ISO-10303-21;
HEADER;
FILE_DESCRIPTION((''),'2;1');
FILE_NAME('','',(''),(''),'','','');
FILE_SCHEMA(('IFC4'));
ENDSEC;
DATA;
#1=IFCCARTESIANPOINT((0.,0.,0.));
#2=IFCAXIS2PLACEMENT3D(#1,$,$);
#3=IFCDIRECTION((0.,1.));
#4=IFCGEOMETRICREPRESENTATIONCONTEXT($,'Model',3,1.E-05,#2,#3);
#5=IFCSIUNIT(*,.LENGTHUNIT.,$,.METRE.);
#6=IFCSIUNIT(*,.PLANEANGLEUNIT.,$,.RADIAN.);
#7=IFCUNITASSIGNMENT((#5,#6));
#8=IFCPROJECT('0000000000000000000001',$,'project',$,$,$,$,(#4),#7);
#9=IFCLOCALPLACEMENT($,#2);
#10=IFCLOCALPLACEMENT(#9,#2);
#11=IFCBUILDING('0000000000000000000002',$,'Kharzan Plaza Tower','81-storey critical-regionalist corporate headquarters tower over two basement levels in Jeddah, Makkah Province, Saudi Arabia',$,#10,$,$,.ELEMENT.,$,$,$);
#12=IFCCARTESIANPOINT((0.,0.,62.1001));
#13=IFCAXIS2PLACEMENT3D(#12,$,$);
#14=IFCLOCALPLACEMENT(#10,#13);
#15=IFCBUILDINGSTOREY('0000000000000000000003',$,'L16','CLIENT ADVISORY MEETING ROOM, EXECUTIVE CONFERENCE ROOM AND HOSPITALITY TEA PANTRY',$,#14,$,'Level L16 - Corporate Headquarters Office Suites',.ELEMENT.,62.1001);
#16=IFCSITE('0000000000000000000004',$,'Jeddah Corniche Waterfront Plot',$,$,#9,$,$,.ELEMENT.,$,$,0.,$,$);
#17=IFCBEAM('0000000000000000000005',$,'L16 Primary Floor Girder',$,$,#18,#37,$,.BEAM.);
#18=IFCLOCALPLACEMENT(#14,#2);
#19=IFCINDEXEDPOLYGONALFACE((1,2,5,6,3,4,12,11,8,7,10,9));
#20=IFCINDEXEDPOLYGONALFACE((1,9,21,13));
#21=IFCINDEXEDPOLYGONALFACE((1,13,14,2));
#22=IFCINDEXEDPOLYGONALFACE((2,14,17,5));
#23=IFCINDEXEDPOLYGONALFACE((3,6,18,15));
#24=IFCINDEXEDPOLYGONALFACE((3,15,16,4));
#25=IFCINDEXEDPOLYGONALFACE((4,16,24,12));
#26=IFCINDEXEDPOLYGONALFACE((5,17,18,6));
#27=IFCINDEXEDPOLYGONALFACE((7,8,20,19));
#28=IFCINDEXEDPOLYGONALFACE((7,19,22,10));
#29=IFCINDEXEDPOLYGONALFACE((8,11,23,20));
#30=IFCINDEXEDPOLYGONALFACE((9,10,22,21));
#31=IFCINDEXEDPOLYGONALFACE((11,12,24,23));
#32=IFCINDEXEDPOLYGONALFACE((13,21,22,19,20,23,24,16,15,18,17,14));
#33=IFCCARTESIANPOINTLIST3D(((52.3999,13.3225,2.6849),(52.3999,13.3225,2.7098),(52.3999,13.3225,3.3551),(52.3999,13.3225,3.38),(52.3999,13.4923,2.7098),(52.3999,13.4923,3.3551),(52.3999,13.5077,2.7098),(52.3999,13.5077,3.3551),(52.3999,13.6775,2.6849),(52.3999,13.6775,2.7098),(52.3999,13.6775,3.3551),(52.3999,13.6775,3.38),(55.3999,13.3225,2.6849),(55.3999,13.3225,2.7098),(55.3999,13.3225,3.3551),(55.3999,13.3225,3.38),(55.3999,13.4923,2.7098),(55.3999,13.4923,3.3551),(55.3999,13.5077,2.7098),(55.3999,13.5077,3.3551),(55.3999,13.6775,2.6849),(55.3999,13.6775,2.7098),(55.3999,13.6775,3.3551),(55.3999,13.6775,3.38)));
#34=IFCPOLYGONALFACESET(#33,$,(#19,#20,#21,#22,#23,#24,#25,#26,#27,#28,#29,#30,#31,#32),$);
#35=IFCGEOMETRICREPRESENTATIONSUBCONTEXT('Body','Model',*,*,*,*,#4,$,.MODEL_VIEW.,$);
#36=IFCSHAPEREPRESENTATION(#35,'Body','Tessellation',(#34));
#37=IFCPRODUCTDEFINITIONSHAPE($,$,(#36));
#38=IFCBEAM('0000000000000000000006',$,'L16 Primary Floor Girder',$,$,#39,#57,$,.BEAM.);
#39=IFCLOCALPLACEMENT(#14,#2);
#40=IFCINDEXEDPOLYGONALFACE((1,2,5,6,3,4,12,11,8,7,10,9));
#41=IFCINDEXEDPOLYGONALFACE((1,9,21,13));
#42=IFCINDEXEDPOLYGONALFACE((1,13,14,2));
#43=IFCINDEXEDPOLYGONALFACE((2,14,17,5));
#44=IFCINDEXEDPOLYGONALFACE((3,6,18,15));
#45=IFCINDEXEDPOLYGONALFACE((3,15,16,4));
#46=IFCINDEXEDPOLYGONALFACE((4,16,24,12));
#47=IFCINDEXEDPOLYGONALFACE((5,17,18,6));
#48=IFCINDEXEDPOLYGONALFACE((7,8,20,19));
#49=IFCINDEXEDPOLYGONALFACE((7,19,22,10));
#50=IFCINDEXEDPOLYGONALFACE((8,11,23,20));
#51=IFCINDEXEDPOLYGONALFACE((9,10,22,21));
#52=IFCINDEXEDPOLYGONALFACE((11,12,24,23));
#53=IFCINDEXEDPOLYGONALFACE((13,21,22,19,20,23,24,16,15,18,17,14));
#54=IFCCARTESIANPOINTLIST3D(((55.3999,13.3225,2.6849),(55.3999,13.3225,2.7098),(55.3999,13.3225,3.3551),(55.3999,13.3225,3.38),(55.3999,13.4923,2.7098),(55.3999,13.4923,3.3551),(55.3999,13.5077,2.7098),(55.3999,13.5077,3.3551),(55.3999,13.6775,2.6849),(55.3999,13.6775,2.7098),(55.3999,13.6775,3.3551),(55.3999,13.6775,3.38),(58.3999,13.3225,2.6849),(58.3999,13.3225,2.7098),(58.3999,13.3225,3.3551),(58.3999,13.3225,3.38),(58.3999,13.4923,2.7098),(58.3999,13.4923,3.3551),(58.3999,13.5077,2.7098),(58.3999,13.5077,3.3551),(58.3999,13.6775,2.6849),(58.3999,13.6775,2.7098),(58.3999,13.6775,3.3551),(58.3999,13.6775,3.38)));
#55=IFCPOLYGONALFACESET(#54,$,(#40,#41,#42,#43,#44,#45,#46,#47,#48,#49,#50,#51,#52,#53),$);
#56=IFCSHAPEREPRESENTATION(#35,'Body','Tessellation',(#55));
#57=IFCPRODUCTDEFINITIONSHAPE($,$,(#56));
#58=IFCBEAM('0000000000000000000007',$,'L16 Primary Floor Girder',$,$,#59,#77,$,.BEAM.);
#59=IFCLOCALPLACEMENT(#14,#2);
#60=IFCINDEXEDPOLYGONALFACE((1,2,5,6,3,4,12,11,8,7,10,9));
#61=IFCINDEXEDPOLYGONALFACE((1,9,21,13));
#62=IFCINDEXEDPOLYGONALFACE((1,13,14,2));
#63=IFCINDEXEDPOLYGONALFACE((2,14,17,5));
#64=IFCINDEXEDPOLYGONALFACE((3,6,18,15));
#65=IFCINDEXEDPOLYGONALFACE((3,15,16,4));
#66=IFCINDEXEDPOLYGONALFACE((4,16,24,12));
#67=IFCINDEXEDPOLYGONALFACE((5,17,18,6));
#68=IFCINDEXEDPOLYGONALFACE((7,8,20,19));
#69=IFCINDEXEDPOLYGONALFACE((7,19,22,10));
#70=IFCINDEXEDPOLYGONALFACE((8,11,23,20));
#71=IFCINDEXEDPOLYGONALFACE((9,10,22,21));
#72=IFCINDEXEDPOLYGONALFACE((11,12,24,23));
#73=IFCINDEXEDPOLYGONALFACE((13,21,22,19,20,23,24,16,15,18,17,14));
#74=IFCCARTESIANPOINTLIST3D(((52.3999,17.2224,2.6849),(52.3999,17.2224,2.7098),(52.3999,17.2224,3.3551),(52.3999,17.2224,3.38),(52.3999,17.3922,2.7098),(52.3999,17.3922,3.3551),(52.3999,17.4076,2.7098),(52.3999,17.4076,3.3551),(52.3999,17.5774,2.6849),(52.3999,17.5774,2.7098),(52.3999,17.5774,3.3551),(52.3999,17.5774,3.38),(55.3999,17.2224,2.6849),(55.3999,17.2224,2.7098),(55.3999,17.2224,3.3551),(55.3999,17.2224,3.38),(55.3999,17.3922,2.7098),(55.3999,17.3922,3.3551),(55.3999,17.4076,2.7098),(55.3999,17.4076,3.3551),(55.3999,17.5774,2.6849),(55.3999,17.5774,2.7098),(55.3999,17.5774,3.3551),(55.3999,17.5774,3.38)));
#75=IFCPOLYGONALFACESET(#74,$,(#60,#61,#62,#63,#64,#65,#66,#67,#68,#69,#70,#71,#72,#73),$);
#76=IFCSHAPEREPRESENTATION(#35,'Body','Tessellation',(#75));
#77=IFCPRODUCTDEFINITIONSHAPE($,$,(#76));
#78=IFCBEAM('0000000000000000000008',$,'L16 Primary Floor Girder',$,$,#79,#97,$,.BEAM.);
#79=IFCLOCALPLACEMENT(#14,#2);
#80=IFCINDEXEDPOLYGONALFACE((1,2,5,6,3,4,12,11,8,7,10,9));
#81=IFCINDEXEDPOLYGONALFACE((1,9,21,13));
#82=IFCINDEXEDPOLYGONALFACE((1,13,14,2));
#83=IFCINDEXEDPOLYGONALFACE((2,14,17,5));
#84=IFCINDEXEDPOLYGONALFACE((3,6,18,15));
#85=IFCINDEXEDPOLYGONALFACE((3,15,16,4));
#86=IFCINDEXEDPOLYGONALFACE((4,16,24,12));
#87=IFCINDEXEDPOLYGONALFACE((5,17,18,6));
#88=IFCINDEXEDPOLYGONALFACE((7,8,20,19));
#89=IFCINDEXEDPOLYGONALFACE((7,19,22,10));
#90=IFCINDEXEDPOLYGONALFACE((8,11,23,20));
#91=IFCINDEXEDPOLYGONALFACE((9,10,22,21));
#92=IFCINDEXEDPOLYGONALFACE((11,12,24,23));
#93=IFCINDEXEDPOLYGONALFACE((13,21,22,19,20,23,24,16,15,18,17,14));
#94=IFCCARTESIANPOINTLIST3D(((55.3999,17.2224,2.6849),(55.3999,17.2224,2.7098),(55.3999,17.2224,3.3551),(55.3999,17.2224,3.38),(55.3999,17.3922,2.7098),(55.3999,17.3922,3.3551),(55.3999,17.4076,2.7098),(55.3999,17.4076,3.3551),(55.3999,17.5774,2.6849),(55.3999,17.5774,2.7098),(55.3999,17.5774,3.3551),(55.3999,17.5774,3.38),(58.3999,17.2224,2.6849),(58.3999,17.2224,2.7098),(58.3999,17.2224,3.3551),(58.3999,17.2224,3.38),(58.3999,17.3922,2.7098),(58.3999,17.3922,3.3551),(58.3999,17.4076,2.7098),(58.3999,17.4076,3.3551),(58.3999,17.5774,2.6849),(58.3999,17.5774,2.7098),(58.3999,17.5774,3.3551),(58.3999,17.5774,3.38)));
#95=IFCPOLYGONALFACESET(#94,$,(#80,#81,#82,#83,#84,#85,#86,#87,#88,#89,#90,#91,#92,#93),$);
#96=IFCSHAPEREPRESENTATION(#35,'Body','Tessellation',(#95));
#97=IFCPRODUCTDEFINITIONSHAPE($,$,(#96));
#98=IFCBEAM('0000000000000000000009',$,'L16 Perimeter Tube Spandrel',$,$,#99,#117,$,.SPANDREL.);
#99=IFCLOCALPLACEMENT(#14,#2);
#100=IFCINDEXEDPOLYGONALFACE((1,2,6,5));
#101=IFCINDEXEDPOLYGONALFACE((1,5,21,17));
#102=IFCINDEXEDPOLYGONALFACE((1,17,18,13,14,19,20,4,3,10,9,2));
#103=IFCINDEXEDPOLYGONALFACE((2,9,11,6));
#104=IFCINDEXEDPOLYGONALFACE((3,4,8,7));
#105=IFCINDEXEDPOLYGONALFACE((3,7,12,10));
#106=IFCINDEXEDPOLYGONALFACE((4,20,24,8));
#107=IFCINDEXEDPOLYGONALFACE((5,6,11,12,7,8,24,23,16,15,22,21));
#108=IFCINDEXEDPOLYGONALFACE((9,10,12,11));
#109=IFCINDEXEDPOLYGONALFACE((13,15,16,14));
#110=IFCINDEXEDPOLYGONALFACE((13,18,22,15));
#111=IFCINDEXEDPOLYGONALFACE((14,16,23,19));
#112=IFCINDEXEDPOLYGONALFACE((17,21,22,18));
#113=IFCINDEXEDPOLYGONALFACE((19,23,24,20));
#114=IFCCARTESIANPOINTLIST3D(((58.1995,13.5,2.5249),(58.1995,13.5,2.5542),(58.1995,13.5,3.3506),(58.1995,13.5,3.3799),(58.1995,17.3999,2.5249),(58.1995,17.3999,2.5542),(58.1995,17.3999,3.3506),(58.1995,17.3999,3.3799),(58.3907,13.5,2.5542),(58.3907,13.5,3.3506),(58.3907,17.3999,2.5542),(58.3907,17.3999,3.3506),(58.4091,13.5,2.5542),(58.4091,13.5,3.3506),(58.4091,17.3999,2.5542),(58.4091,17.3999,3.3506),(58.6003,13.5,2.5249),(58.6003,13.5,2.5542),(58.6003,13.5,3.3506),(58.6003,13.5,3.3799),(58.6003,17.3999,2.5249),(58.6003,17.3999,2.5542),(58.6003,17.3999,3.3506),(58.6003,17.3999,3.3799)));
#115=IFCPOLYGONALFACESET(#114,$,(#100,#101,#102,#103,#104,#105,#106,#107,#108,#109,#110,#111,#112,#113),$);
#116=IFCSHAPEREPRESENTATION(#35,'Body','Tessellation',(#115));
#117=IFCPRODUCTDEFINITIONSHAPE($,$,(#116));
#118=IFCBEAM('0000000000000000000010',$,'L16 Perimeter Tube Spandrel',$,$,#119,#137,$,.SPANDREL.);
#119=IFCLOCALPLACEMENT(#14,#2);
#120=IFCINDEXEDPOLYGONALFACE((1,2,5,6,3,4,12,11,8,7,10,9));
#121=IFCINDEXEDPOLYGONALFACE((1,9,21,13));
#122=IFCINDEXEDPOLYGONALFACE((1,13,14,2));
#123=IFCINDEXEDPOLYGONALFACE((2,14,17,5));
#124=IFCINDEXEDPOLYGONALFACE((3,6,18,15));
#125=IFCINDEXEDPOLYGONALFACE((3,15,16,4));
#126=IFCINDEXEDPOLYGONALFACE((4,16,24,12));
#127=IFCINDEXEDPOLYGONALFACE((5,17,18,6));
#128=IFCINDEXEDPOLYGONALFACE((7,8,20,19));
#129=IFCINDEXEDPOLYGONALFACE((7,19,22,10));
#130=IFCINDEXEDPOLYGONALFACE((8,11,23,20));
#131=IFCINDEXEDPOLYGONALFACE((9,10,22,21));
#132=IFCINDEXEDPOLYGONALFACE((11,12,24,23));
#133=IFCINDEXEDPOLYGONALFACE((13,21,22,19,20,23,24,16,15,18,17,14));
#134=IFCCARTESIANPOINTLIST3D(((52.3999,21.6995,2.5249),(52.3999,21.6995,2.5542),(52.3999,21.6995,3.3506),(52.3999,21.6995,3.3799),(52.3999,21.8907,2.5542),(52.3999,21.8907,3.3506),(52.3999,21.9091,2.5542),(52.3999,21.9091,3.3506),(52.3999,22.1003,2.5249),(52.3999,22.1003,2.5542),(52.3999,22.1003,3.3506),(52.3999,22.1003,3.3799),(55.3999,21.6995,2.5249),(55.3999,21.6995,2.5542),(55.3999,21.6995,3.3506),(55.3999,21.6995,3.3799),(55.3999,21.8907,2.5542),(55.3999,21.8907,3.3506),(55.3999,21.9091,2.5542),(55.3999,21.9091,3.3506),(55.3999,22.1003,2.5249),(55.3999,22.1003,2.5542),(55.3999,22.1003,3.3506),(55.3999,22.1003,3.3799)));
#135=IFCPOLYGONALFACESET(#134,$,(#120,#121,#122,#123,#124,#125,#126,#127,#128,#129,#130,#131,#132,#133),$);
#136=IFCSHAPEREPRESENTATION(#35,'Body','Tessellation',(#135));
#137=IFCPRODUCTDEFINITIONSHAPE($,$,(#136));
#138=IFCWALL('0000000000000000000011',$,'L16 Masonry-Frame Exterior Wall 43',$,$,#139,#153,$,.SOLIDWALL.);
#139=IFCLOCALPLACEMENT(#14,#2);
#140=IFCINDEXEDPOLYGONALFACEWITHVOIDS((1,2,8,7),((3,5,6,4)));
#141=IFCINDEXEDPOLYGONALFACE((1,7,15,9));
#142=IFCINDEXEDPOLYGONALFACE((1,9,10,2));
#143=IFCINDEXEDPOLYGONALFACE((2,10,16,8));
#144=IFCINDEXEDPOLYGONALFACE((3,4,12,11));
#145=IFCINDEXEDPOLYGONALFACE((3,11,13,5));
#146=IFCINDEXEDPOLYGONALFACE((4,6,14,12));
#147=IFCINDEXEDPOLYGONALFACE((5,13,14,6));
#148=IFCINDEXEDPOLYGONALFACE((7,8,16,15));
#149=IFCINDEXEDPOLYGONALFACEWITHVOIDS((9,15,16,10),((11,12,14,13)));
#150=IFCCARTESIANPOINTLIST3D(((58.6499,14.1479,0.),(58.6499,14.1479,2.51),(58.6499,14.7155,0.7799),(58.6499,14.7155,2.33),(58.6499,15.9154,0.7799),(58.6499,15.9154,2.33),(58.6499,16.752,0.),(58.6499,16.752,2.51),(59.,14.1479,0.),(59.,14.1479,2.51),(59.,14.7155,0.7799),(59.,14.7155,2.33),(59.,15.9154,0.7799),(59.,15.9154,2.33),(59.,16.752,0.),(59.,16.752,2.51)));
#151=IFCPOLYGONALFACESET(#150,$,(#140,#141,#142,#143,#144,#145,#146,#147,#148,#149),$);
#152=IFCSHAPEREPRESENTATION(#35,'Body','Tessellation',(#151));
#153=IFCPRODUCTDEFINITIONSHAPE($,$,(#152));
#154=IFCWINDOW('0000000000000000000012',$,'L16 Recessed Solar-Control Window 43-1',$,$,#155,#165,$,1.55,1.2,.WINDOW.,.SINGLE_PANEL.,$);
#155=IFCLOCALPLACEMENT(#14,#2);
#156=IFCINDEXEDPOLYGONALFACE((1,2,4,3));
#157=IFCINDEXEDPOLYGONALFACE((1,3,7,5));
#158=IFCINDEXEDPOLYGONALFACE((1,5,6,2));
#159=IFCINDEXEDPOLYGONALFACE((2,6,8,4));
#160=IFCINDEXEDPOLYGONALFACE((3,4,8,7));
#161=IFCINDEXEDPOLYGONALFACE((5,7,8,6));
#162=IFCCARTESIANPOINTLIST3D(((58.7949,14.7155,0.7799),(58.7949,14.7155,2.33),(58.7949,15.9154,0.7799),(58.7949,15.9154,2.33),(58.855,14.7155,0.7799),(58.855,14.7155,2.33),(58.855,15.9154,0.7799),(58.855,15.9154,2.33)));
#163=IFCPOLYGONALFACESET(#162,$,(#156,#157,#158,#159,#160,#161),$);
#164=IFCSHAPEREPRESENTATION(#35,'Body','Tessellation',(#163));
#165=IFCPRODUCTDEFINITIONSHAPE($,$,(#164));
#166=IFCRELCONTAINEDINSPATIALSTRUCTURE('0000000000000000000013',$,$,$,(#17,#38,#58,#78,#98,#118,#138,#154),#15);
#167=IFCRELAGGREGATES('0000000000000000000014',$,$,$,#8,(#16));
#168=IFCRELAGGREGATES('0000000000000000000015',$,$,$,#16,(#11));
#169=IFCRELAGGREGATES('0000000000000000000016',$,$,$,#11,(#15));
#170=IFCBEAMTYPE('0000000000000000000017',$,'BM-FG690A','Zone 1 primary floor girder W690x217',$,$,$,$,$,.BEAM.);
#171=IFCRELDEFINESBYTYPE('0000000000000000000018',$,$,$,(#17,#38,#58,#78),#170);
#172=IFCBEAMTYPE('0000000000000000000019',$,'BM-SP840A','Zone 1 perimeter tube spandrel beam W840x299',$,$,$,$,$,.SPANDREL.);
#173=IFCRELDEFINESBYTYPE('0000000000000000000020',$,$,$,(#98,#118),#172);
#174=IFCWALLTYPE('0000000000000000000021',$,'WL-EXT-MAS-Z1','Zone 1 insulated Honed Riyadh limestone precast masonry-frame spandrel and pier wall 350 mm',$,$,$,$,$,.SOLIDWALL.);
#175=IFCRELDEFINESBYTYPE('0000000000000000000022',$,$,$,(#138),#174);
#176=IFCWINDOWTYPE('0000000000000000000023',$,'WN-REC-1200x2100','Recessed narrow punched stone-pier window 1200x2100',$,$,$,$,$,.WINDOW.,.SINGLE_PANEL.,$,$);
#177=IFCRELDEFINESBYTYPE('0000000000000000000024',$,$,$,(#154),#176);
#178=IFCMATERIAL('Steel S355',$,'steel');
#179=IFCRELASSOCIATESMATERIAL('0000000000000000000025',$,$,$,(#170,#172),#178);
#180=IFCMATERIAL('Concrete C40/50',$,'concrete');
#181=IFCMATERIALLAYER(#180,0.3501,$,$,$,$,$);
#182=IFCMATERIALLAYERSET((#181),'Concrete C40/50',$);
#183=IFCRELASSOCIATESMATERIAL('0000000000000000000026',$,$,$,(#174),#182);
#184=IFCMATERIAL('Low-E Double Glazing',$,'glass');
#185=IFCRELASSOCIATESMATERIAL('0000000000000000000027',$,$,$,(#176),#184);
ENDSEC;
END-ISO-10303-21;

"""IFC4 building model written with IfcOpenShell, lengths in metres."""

from ifc_helpers import new_model, si_unit, direction, frame, frame_2d, origin, origin_2d, place, context, subcontext, project, spatial, rectangle, i_section, extrude, source, transform, mapped, material, layer, layer_set, material_profile, profile_set, type_object, element, fill, save


model = new_model("IFC4")

# Units and contexts
model_context = context("Model", 3, precision=1e-05, world=origin(), true_north=direction((0.0, 1.0)))
body_context = subcontext(model_context, "Body", "Model", "MODEL_VIEW")
ifc_project = project(units=[si_unit("LENGTHUNIT", "METRE"), si_unit("PLANEANGLEUNIT", "RADIAN")], contexts=[model_context])

# Site, building, storey
site_placement = place(None, origin())
site = spatial("IfcSite", under=ifc_project, at=site_placement, Name="Jeddah Corniche Waterfront Plot", CompositionType="ELEMENT", RefElevation=0.0)
building_placement = place(site_placement, origin())
building = spatial("IfcBuilding", under=site, at=building_placement, Name="Kharzan Plaza Tower", Description="81-storey critical-regionalist corporate headquarters tower over two basement levels in Jeddah, Makkah Province, Saudi Arabia", CompositionType="ELEMENT")
storey_placement = place(building_placement, frame((0.0, 0.0, 62.1001)))
storey = spatial("IfcBuildingStorey", under=building, at=storey_placement, Name="L16", Description="CLIENT ADVISORY MEETING ROOM, EXECUTIVE CONFERENCE ROOM AND HOSPITALITY TEA PANTRY", LongName="Level L16 - Corporate Headquarters Office Suites", CompositionType="ELEMENT", Elevation=62.1001)

# Beams
ifc_material_1 = material(Name="Steel S355", Category="steel")
ifc_material_profile_1 = material_profile(ifc_material_1, i_section(OverallWidth=0.355, OverallDepth=0.6951, WebThickness=0.0154, FlangeThickness=0.0249, at=origin_2d()), Name="W690x217")
ifc_profile_set_1 = profile_set([ifc_material_profile_1], Name="Steel S355")
beam_type_1 = type_object("IfcBeamType", Name="BM-FG690A", Description="Zone 1 primary floor girder W690x217", PredefinedType="BEAM", material=ifc_profile_set_1)
shared_shape_1 = source(origin(), body_context, "Body", "SweptSolid", [
    extrude(i_section(OverallWidth=0.355, OverallDepth=0.6951, WebThickness=0.0154, FlangeThickness=0.0249, at=origin_2d()), origin(), (0.0, 0.0, 1.0), 3.0),
])
for number, where, z_axis, x_axis, name in (
    (1, (52.3999, 13.5, 3.0325), (1.0, 0.0, 0.0), (0.0, 1.0, 0.0), "L16 Primary Floor Girder"),
    (2, (55.3999, 13.5, 3.0325), (1.0, 0.0, 0.0), (0.0, 1.0, 0.0), "L16 Primary Floor Girder"),
    (3, (52.3999, 17.3999, 3.0325), (1.0, 0.0, 0.0), (0.0, 1.0, 0.0), "L16 Primary Floor Girder"),
    (4, (55.3999, 17.3999, 3.0325), (1.0, 0.0, 0.0), (0.0, 1.0, 0.0), "L16 Primary Floor Girder"),
):
    element("IfcBeam", number, at=place(storey_placement, frame(where, z_axis=z_axis, x_axis=x_axis)), inside=storey, type_object=beam_type_1, Name=name, PredefinedType="BEAM", context=body_context, shape_type="MappedRepresentation", body=[
        mapped(shared_shape_1, transform((0.0, 0.0, 0.0), x_axis=(1.0, 0.0, 0.0), y_axis=(0.0, 1.0, 0.0), z_axis=(0.0, 0.0, 1.0))),
    ])
ifc_material_profile_2 = material_profile(ifc_material_1, i_section(OverallWidth=0.4009, OverallDepth=0.855, WebThickness=0.0183, FlangeThickness=0.0293, at=origin_2d()), Name="W840x299")
ifc_profile_set_2 = profile_set([ifc_material_profile_2], Name="Steel S355")
beam_type_2 = type_object("IfcBeamType", Name="BM-SP840A", Description="Zone 1 perimeter tube spandrel beam W840x299", PredefinedType="SPANDREL", material=ifc_profile_set_2)
shared_shape_2 = source(origin(), body_context, "Body", "SweptSolid", [
    extrude(i_section(OverallWidth=0.4009, OverallDepth=0.855, WebThickness=0.0183, FlangeThickness=0.0293, at=origin_2d()), origin(), (0.0, 0.0, 1.0), 3.8999),
])
beam_1_placement = place(storey_placement, frame((58.3999, 13.5, 2.9524), z_axis=(0.0, 1.0, 0.0), x_axis=(-1.0, 0.0, 0.0)))
element("IfcBeam", 5, at=beam_1_placement, inside=storey, type_object=beam_type_2, Name="L16 Perimeter Tube Spandrel", PredefinedType="SPANDREL", context=body_context, shape_type="MappedRepresentation", body=[
    mapped(shared_shape_2, transform((0.0, 0.0, 0.0), x_axis=(1.0, 0.0, 0.0), y_axis=(0.0, 1.0, 0.0), z_axis=(0.0, 0.0, 1.0))),
])
shared_shape_3 = source(origin(), body_context, "Body", "SweptSolid", [
    extrude(i_section(OverallWidth=0.4009, OverallDepth=0.855, WebThickness=0.0183, FlangeThickness=0.0293, at=origin_2d()), origin(), (0.0, 0.0, 1.0), 3.0),
])
beam_2_placement = place(storey_placement, frame((52.3999, 21.8999, 2.9524), z_axis=(1.0, 0.0, 0.0), x_axis=(0.0, 1.0, 0.0)))
element("IfcBeam", 6, at=beam_2_placement, inside=storey, type_object=beam_type_2, Name="L16 Perimeter Tube Spandrel", PredefinedType="SPANDREL", context=body_context, shape_type="MappedRepresentation", body=[
    mapped(shared_shape_3, transform((0.0, 0.0, 0.0), x_axis=(1.0, 0.0, 0.0), y_axis=(0.0, 1.0, 0.0), z_axis=(0.0, 0.0, 1.0))),
])

# Wall, opening, window
ifc_material_2 = material(Name="Concrete C40/50", Category="concrete")
ifc_layer_1 = layer(ifc_material_2, 0.3501)
ifc_layer_set_1 = layer_set([ifc_layer_1], Name="Concrete C40/50")
wall_type_1 = type_object("IfcWallType", Name="WL-EXT-MAS-Z1", Description="Zone 1 insulated Honed Riyadh limestone precast masonry-frame spandrel and pier wall 350 mm", PredefinedType="SOLIDWALL", material=ifc_layer_set_1)
wall_1_placement = place(storey_placement, frame((58.825, 14.1479, 0.0), z_axis=(0.0, 0.0, 1.0), x_axis=(0.0, 1.0, 0.0)))
wall_1 = element("IfcWall", 7, at=wall_1_placement, inside=storey, type_object=wall_type_1, Name="L16 Masonry-Frame Exterior Wall 43", PredefinedType="SOLIDWALL", context=body_context, shape_type="SweptSolid", body=[
    extrude(rectangle(XDim=2.604, YDim=0.3501, at=frame_2d((1.302, 0.0))), origin(), (0.0, 0.0, 1.0), 2.51),
])
opening_1_placement = place(wall_1_placement, frame((0.5674, 0.0, 0.78)))
opening_1 = element("IfcOpeningElement", 8, at=opening_1_placement, cuts=wall_1, PredefinedType="OPENING", context=body_context, shape_type="SweptSolid", body=[
    extrude(rectangle(XDim=1.2, YDim=1.55, at=frame_2d((0.6001, 0.7749))), frame((0.0, 0.1851, 0.0), z_axis=(0.0, -1.0, 0.0), x_axis=(1.0, 0.0, 0.0)), (0.0, 0.0, 1.0), 0.3701),
])
ifc_material_3 = material(Name="Low-E Double Glazing", Category="glass")
window_type_1 = type_object("IfcWindowType", Name="WN-REC-1200x2100", Description="Recessed narrow punched stone-pier window 1200x2100", PartitioningType="SINGLE_PANEL", PredefinedType="WINDOW", material=ifc_material_3)
shared_shape_4 = source(origin(), body_context, "Body", "SweptSolid", [
    extrude(rectangle(XDim=1.2, YDim=1.55, at=frame_2d((0.6001, 0.7749))), frame((0.0, 0.03, 0.0), z_axis=(0.0, -1.0, 0.0), x_axis=(1.0, 0.0, 0.0)), (0.0, 0.0, 1.0), 0.0601),
])
window_1_placement = place(opening_1_placement, origin())
window_1 = element("IfcWindow", 9, at=window_1_placement, inside=storey, type_object=window_type_1, Name="L16 Recessed Solar-Control Window 43-1", OverallHeight=1.55, OverallWidth=1.2, PartitioningType="SINGLE_PANEL", PredefinedType="WINDOW", context=body_context, shape_type="MappedRepresentation", body=[
    mapped(shared_shape_4, transform((0.0, 0.0, 0.0), x_axis=(1.0, 0.0, 0.0), y_axis=(0.0, 1.0, 0.0), z_axis=(0.0, 0.0, 1.0))),
])
fill(opening_1, window_1)

save(model, "model.ifc")
